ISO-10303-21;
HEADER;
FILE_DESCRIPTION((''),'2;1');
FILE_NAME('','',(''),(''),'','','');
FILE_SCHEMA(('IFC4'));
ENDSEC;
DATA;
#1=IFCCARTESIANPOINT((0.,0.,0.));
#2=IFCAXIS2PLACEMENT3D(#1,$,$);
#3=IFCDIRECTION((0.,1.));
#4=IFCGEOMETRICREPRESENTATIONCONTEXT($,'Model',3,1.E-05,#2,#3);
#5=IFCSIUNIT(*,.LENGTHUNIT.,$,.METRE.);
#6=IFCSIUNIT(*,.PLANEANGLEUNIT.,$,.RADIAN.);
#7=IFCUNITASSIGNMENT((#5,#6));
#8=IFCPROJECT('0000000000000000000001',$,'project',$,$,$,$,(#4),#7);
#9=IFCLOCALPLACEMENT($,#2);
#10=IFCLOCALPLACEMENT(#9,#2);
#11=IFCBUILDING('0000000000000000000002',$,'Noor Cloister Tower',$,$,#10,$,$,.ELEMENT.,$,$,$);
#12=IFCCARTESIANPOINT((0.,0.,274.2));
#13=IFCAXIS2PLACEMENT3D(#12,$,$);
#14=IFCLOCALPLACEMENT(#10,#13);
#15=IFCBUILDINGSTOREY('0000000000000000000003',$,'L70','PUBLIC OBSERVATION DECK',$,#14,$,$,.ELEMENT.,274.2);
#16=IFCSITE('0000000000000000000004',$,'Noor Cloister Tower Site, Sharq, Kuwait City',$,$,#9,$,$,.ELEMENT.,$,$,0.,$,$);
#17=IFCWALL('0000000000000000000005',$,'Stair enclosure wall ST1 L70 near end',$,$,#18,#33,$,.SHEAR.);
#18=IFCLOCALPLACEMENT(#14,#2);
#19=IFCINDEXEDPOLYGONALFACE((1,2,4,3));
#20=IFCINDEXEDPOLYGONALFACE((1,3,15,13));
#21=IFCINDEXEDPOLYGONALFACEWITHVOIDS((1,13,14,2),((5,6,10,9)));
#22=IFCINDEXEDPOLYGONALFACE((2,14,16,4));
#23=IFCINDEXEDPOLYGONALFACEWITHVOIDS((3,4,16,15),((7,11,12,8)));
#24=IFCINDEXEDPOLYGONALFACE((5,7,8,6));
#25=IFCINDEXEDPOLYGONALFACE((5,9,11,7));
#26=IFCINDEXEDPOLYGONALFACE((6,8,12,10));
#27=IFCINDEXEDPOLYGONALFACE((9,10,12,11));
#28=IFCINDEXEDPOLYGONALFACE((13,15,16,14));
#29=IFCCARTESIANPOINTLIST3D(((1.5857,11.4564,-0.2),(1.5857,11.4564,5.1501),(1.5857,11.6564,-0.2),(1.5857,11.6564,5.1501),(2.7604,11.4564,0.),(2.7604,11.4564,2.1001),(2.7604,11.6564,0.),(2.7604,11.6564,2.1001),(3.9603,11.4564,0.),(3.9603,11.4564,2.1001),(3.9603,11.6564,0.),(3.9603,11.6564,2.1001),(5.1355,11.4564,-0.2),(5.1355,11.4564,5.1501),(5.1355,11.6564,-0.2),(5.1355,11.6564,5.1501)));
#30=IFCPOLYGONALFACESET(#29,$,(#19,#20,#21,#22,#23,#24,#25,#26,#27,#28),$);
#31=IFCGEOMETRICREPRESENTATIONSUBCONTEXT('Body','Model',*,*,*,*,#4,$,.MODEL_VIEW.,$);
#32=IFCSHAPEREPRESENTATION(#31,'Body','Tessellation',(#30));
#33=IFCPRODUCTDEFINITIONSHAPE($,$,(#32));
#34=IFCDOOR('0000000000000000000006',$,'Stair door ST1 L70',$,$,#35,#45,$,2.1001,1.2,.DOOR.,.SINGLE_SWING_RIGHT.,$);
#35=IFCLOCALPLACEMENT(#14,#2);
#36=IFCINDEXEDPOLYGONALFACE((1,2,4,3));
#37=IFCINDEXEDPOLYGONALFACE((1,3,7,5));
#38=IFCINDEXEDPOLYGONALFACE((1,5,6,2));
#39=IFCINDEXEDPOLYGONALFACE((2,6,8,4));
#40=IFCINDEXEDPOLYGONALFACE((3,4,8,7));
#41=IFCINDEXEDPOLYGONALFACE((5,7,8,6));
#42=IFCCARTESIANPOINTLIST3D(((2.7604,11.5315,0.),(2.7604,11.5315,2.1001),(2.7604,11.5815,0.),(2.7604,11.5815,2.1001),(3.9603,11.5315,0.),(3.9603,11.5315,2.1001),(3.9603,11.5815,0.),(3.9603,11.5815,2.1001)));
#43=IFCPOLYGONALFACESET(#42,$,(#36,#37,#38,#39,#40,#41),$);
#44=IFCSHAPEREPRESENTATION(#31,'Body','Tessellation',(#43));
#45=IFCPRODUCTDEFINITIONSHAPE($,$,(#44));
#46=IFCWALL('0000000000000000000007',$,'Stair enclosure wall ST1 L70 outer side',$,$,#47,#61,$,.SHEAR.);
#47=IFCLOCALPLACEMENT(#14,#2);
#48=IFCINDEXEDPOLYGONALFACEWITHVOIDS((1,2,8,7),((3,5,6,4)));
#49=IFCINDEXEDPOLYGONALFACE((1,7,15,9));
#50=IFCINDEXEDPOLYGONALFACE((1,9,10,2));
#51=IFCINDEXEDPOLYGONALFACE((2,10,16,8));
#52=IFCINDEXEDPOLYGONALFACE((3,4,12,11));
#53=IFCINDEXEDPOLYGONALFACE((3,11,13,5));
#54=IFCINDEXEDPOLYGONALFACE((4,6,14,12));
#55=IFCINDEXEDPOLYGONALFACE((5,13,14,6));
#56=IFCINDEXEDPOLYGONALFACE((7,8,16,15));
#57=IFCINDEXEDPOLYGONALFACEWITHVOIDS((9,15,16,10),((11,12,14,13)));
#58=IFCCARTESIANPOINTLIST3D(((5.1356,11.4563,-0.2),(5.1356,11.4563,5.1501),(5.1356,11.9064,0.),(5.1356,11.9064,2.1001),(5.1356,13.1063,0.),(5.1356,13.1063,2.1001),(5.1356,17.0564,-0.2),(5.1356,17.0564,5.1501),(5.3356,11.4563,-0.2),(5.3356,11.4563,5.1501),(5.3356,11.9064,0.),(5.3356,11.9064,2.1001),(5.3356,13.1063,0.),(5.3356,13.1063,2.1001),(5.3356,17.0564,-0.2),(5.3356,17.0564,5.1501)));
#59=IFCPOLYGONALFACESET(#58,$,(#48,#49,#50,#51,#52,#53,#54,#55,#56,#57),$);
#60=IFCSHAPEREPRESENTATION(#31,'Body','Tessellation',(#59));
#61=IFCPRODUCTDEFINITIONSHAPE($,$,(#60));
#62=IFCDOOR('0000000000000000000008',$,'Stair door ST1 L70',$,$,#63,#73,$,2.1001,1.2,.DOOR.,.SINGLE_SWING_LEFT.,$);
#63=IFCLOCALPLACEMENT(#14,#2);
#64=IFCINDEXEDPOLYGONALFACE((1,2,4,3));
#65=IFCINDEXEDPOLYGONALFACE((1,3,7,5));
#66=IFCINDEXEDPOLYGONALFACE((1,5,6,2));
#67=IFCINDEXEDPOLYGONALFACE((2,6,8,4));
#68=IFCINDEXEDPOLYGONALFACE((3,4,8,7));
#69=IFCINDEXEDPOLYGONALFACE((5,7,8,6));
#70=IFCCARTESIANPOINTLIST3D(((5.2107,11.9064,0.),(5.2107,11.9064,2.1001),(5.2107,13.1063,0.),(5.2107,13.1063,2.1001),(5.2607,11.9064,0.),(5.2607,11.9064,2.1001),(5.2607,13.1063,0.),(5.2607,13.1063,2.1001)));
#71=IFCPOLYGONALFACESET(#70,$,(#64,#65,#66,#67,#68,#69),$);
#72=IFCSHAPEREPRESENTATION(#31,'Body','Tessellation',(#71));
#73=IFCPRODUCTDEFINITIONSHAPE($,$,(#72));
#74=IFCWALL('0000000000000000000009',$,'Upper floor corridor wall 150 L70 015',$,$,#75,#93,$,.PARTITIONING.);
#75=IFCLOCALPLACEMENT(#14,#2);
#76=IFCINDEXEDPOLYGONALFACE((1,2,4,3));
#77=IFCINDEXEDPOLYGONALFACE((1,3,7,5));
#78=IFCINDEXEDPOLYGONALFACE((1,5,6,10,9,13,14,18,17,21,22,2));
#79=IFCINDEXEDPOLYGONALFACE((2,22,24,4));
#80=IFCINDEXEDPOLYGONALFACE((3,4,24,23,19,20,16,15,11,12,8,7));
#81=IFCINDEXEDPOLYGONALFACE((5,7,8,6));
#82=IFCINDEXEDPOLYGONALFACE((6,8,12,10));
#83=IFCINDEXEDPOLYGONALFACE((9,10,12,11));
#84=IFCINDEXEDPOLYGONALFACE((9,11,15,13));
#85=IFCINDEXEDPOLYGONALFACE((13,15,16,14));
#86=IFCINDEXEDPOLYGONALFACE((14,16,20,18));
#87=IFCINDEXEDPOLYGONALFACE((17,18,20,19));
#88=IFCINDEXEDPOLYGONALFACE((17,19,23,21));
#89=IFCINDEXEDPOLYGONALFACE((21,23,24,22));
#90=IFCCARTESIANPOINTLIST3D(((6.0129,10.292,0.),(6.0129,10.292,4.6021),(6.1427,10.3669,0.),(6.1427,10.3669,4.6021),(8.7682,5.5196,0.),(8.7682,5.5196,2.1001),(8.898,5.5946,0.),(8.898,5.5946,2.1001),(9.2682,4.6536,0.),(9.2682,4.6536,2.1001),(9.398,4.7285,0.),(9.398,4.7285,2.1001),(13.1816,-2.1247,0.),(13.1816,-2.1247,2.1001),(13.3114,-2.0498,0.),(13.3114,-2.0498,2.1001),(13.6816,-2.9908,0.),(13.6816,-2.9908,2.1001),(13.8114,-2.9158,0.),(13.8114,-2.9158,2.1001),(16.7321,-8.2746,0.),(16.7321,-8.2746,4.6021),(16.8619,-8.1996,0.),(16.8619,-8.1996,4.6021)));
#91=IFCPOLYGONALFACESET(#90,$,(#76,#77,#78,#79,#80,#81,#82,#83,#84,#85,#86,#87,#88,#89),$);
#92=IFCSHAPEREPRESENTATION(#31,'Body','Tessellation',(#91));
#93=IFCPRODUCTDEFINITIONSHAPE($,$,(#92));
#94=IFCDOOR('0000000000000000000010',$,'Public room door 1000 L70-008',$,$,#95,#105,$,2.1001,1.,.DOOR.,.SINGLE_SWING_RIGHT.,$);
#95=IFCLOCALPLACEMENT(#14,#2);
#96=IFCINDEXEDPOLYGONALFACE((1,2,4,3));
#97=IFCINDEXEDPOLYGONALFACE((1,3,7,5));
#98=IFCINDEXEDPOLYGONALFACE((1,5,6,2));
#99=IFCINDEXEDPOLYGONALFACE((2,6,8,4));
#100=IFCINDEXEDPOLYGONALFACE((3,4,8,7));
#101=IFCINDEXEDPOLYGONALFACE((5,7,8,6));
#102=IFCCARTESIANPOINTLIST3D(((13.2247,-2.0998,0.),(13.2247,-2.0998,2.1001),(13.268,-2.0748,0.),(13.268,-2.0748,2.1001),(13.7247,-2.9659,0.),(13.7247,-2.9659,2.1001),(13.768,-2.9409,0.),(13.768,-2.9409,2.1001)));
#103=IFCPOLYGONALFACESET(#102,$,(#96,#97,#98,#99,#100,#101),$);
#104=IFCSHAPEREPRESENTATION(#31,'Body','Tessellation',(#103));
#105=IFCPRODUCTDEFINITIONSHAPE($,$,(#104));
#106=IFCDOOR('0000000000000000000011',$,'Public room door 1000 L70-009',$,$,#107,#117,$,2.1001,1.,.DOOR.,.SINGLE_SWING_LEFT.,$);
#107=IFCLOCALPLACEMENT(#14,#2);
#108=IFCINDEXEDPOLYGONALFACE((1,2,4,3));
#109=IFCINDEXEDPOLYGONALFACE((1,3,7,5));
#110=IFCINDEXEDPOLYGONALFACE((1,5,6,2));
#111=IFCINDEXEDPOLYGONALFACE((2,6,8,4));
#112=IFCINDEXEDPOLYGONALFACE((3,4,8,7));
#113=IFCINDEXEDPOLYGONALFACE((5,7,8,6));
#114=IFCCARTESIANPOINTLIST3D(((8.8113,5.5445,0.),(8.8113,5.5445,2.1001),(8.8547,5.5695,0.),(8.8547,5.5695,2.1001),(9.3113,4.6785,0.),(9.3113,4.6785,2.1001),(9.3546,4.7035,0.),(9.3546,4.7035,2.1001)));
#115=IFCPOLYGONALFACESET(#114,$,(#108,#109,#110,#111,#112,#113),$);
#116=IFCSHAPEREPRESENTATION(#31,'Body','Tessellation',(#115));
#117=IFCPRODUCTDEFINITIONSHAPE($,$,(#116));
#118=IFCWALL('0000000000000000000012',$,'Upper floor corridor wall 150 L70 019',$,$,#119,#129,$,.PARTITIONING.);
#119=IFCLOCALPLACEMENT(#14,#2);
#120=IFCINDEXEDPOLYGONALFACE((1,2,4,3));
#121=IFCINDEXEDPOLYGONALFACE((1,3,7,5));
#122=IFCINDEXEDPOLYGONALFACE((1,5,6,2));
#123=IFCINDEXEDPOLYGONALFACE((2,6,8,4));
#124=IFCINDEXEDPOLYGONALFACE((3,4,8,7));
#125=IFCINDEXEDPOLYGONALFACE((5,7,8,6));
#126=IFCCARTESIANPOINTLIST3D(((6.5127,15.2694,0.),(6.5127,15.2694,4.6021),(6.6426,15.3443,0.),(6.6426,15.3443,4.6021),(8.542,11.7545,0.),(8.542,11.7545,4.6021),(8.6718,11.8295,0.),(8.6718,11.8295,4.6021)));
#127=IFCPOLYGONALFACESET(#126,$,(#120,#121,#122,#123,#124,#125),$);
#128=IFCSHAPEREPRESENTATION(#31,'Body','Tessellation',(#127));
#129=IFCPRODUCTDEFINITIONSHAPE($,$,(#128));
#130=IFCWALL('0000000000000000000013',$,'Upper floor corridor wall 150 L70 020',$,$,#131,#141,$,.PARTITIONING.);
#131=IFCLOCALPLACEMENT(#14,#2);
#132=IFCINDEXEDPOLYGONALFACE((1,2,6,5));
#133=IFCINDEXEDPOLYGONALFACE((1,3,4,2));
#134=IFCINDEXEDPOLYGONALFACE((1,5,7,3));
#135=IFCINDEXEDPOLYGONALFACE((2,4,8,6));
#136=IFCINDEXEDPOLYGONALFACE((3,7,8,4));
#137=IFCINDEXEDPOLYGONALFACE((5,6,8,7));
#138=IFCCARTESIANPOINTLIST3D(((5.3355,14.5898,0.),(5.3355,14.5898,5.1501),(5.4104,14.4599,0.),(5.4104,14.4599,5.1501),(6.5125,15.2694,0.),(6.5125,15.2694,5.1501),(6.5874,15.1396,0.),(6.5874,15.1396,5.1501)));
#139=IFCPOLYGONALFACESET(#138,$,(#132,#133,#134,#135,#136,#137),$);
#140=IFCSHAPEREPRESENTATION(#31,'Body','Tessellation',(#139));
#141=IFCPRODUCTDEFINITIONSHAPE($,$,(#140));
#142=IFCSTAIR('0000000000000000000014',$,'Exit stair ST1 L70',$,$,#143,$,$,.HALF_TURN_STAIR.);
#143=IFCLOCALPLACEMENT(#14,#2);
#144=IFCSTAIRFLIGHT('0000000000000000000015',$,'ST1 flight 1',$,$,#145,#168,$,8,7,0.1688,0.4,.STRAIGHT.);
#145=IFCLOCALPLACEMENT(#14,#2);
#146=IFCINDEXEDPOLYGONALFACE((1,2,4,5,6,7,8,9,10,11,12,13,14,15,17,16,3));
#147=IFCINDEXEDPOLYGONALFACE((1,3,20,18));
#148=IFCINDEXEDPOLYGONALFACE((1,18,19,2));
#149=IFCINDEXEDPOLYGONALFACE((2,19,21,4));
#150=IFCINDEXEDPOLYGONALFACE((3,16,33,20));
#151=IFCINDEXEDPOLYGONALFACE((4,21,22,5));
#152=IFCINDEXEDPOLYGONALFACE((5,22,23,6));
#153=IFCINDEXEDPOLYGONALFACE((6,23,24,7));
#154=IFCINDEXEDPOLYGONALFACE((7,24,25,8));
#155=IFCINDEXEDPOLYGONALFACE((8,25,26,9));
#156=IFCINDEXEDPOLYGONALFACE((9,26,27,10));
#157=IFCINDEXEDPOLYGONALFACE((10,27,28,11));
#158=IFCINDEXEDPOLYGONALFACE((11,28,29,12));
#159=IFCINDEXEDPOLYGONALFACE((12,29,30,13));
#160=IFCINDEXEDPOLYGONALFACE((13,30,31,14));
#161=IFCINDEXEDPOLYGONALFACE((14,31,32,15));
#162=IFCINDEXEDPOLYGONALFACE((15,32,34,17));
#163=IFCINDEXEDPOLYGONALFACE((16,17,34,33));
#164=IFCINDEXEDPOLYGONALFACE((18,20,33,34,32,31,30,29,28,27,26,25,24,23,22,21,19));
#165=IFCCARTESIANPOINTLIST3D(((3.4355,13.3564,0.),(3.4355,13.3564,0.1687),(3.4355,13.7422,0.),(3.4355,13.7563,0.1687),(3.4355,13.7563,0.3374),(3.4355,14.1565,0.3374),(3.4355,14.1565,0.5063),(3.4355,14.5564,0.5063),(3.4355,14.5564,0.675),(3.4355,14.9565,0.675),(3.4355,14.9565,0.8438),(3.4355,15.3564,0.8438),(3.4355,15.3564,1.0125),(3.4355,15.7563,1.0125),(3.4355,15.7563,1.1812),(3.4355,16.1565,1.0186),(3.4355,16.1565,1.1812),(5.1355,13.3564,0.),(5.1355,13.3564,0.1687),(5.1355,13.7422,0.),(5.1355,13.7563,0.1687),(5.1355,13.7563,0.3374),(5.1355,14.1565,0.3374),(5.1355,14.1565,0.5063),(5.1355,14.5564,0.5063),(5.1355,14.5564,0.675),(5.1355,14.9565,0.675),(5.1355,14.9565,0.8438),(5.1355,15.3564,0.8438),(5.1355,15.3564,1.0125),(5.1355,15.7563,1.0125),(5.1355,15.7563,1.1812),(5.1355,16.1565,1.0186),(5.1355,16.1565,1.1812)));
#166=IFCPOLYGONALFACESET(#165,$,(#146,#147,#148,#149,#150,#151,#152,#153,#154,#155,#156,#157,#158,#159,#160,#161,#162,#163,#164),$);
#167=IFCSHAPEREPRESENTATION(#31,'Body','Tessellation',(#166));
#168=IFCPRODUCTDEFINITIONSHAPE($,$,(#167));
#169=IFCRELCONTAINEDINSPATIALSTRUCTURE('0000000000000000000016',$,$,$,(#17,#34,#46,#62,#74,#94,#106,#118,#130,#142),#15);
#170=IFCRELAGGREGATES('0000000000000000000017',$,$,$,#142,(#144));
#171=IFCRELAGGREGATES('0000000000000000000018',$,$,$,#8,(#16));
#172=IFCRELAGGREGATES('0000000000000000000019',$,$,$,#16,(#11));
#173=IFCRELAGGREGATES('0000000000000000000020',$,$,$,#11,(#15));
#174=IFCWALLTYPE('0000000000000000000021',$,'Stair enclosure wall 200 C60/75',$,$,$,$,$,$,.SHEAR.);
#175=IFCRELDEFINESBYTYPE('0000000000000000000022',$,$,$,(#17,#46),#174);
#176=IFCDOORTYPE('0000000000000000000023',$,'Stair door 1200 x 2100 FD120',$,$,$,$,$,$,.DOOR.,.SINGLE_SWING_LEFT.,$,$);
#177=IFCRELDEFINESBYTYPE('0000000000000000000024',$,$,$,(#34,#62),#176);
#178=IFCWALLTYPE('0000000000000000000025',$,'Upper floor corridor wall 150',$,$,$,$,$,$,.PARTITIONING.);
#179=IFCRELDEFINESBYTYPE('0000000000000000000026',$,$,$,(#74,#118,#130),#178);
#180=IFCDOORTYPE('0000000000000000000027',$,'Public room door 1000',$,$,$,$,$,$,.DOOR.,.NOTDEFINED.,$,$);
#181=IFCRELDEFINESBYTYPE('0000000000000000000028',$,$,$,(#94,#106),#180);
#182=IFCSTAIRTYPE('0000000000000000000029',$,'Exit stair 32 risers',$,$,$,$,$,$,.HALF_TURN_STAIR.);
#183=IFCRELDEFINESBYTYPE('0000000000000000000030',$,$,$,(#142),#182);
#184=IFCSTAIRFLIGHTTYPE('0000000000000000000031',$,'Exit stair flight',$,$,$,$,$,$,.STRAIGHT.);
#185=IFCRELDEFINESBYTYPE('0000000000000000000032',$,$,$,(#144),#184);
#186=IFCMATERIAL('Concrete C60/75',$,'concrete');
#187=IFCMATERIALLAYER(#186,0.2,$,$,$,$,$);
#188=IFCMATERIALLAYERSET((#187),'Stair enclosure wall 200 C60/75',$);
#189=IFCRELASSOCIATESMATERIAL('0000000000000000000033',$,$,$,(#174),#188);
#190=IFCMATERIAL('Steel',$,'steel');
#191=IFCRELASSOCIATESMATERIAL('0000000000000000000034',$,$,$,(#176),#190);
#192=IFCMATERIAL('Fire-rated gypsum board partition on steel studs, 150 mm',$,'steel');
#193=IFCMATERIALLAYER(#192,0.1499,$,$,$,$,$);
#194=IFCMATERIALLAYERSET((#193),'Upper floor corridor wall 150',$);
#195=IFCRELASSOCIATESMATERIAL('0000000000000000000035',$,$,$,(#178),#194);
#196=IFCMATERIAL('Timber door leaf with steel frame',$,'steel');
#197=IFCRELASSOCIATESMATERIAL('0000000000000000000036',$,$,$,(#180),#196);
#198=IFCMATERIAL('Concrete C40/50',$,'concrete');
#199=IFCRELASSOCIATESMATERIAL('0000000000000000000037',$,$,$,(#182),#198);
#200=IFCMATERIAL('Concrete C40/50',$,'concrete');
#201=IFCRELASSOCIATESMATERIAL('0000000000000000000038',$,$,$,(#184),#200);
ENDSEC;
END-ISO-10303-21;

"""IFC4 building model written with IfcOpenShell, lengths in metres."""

from ifc_helpers import new_model, si_unit, direction, frame, frame_2d, origin, place, context, subcontext, project, spatial, polyline, rectangle, outline, extrude, material, layer, layer_set, type_object, element, fill, aggregate, save


model = new_model("IFC4")

# Units and contexts
model_context = context("Model", 3, precision=1e-05, world=origin(), true_north=direction((0.0, 1.0)))
body_context = subcontext(model_context, "Body", "Model", "MODEL_VIEW")
ifc_project = project(units=[si_unit("LENGTHUNIT", "METRE"), si_unit("PLANEANGLEUNIT", "RADIAN")], contexts=[model_context])

# Site, building, storey
site_placement = place(None, origin())
site = spatial("IfcSite", under=ifc_project, at=site_placement, Name="Noor Cloister Tower Site, Sharq, Kuwait City", CompositionType="ELEMENT", RefElevation=0.0)
building_placement = place(site_placement, origin())
building = spatial("IfcBuilding", under=site, at=building_placement, Name="Noor Cloister Tower", CompositionType="ELEMENT")
storey_placement = place(building_placement, frame((0.0, 0.0, 274.2)))
storey = spatial("IfcBuildingStorey", under=building, at=storey_placement, Name="L70", Description="PUBLIC OBSERVATION DECK", CompositionType="ELEMENT", Elevation=274.2)

# Walls, openings, doors
ifc_material_1 = material(Name="Concrete C60/75", Category="concrete")
ifc_layer_1 = layer(ifc_material_1, 0.2)
ifc_layer_set_1 = layer_set([ifc_layer_1], Name="Stair enclosure wall 200 C60/75")
wall_type_1 = type_object("IfcWallType", Name="Stair enclosure wall 200 C60/75", PredefinedType="SHEAR", material=ifc_layer_set_1)
wall_1_placement = place(storey_placement, frame((5.1355, 11.5564, -0.2), z_axis=(0.0, 0.0, 1.0), x_axis=(-1.0, 0.0, 0.0)))
wall_1 = element("IfcWall", 1, at=wall_1_placement, inside=storey, type_object=wall_type_1, Name="Stair enclosure wall ST1 L70 near end", PredefinedType="SHEAR", context=body_context, shape_type="SweptSolid", body=[
    extrude(rectangle(XDim=3.5498, YDim=0.2, at=frame_2d((1.7749, 0.0))), origin(), (0.0, 0.0, 1.0), 5.3501),
])
opening_1_placement = place(wall_1_placement, frame((1.175, 0.0, 0.2)))
opening_1 = element("IfcOpeningElement", 2, at=opening_1_placement, cuts=wall_1, PredefinedType="OPENING", context=body_context, shape_type="SweptSolid", body=[
    extrude(rectangle(XDim=1.2, YDim=2.1001, at=frame_2d((0.6001, 1.05))), frame((0.0, 0.1099, 0.0), z_axis=(0.0, -1.0, 0.0), x_axis=(1.0, 0.0, 0.0)), (0.0, 0.0, 1.0), 0.22),
])
ifc_material_2 = material(Name="Steel", Category="steel")
door_type_1 = type_object("IfcDoorType", Name="Stair door 1200 x 2100 FD120", OperationType="SINGLE_SWING_LEFT", PredefinedType="DOOR", material=ifc_material_2)
door_1_placement = place(opening_1_placement, origin())
door_1 = element("IfcDoor", 3, at=door_1_placement, inside=storey, type_object=door_type_1, Name="Stair door ST1 L70", OperationType="SINGLE_SWING_RIGHT", OverallHeight=2.1001, OverallWidth=1.2, PredefinedType="DOOR", context=body_context, shape_type="SweptSolid", body=[
    extrude(rectangle(XDim=1.2, YDim=2.1001, at=frame_2d((0.6001, 1.05))), frame((0.0, 0.0249, 0.0), z_axis=(0.0, -1.0, 0.0), x_axis=(1.0, 0.0, 0.0)), (0.0, 0.0, 1.0), 0.05),
])
fill(opening_1, door_1)
wall_2_placement = place(storey_placement, frame((5.2356, 11.4563, -0.2), z_axis=(0.0, 0.0, 1.0), x_axis=(0.0, 1.0, 0.0)))
wall_2 = element("IfcWall", 4, at=wall_2_placement, inside=storey, type_object=wall_type_1, Name="Stair enclosure wall ST1 L70 outer side", PredefinedType="SHEAR", context=body_context, shape_type="SweptSolid", body=[
    extrude(rectangle(XDim=5.6001, YDim=0.2, at=frame_2d((2.8, 0.0))), origin(), (0.0, 0.0, 1.0), 5.3501),
])
opening_2_placement = place(wall_2_placement, frame((0.45, 0.0, 0.2)))
opening_2 = element("IfcOpeningElement", 5, at=opening_2_placement, cuts=wall_2, PredefinedType="OPENING", context=body_context, shape_type="SweptSolid", body=[
    extrude(rectangle(XDim=1.2, YDim=2.1001, at=frame_2d((0.6001, 1.05))), frame((0.0, 0.1099, 0.0), z_axis=(0.0, -1.0, 0.0), x_axis=(1.0, 0.0, 0.0)), (0.0, 0.0, 1.0), 0.22),
])
door_2_placement = place(opening_2_placement, origin())
door_2 = element("IfcDoor", 6, at=door_2_placement, inside=storey, type_object=door_type_1, Name="Stair door ST1 L70", OperationType="SINGLE_SWING_LEFT", OverallHeight=2.1001, OverallWidth=1.2, PredefinedType="DOOR", context=body_context, shape_type="SweptSolid", body=[
    extrude(rectangle(XDim=1.2, YDim=2.1001, at=frame_2d((0.6001, 1.05))), frame((0.0, 0.0249, 0.0), z_axis=(0.0, -1.0, 0.0), x_axis=(1.0, 0.0, 0.0)), (0.0, 0.0, 1.0), 0.05),
])
fill(opening_2, door_2)

# Wall, openings, doors
ifc_material_3 = material(Name="Fire-rated gypsum board partition on steel studs, 150 mm", Category="steel")
ifc_layer_2 = layer(ifc_material_3, 0.1499)
ifc_layer_set_2 = layer_set([ifc_layer_2], Name="Upper floor corridor wall 150")
wall_type_2 = type_object("IfcWallType", Name="Upper floor corridor wall 150", PredefinedType="PARTITIONING", material=ifc_layer_set_2)
wall_3_placement = place(storey_placement, frame((6.0779, 10.3293, 0.0), z_axis=(0.0, 0.0, 1.0), x_axis=(0.499992, -0.86603, 0.0)))
wall_3 = element("IfcWall", 7, at=wall_3_placement, inside=storey, type_object=wall_type_2, Name="Upper floor corridor wall 150 L70 015", PredefinedType="PARTITIONING", context=body_context, shape_type="SweptSolid", body=[
    extrude(rectangle(XDim=21.4387, YDim=0.1499, at=frame_2d((10.7192, 0.0))), origin(), (0.0, 0.0, 1.0), 4.6021),
])
opening_3_placement = place(wall_3_placement, frame((14.3374, 0.0, 0.0)))
opening_3 = element("IfcOpeningElement", 8, at=opening_3_placement, cuts=wall_3, PredefinedType="OPENING", context=body_context, shape_type="SweptSolid", body=[
    extrude(rectangle(XDim=1.0, YDim=2.1001, at=frame_2d((0.5, 1.05))), frame((0.0, 0.085, 0.0), z_axis=(0.0, -1.0, 0.0), x_axis=(1.0, 0.0, 0.0)), (0.0, 0.0, 1.0), 0.1699),
])
opening_4_placement = place(wall_3_placement, frame((5.5105, 0.0, 0.0)))
opening_4 = element("IfcOpeningElement", 9, at=opening_4_placement, cuts=wall_3, PredefinedType="OPENING", context=body_context, shape_type="SweptSolid", body=[
    extrude(rectangle(XDim=1.0, YDim=2.1001, at=frame_2d((0.5, 1.05))), frame((0.0, 0.085, 0.0), z_axis=(0.0, -1.0, 0.0), x_axis=(1.0, 0.0, 0.0)), (0.0, 0.0, 1.0), 0.1699),
])
ifc_material_4 = material(Name="Timber door leaf with steel frame", Category="steel")
door_type_2 = type_object("IfcDoorType", Name="Public room door 1000", OperationType="NOTDEFINED", PredefinedType="DOOR", material=ifc_material_4)
door_3_placement = place(opening_3_placement, origin())
door_3 = element("IfcDoor", 10, at=door_3_placement, inside=storey, type_object=door_type_2, Name="Public room door 1000 L70-008", OperationType="SINGLE_SWING_RIGHT", OverallHeight=2.1001, OverallWidth=1.0, PredefinedType="DOOR", context=body_context, shape_type="SweptSolid", body=[
    extrude(rectangle(XDim=1.0, YDim=2.1001, at=frame_2d((0.5, 1.05))), frame((0.0, 0.0249, 0.0), z_axis=(0.0, -1.0, 0.0), x_axis=(1.0, 0.0, 0.0)), (0.0, 0.0, 1.0), 0.05),
])
fill(opening_3, door_3)
door_4_placement = place(opening_4_placement, origin())
door_4 = element("IfcDoor", 11, at=door_4_placement, inside=storey, type_object=door_type_2, Name="Public room door 1000 L70-009", OperationType="SINGLE_SWING_LEFT", OverallHeight=2.1001, OverallWidth=1.0, PredefinedType="DOOR", context=body_context, shape_type="SweptSolid", body=[
    extrude(rectangle(XDim=1.0, YDim=2.1001, at=frame_2d((0.5, 1.05))), frame((0.0, 0.0249, 0.0), z_axis=(0.0, -1.0, 0.0), x_axis=(1.0, 0.0, 0.0)), (0.0, 0.0, 1.0), 0.05),
])
fill(opening_4, door_4)

# Walls
wall_4_placement = place(storey_placement, frame((8.6069, 11.792, 0.0), z_axis=(0.0, 0.0, 1.0), x_axis=(-0.499995, 0.866028, 0.0)))
element("IfcWall", 12, at=wall_4_placement, inside=storey, type_object=wall_type_2, Name="Upper floor corridor wall 150 L70 019", PredefinedType="PARTITIONING", context=body_context, shape_type="SweptSolid", body=[
    extrude(rectangle(XDim=4.0586, YDim=0.1499, at=frame_2d((2.0293, 0.0))), origin(), (0.0, 0.0, 1.0), 4.6021),
])
wall_5_placement = place(storey_placement, frame((6.55, 15.2046, 0.0), z_axis=(0.0, 0.0, 1.0), x_axis=(-0.865979, -0.50008, 0.0)))
element("IfcWall", 13, at=wall_5_placement, inside=storey, type_object=wall_type_2, Name="Upper floor corridor wall 150 L70 020", PredefinedType="PARTITIONING", context=body_context, shape_type="SweptSolid", body=[
    extrude(rectangle(XDim=1.3591, YDim=0.1499, at=frame_2d((0.6797, 0.0))), origin(), (0.0, 0.0, 1.0), 5.1501),
])

# Stair, stair flight
ifc_material_5 = material(Name="Concrete C40/50", Category="concrete")
stair_type = type_object("IfcStairType", Name="Exit stair 32 risers", PredefinedType="HALF_TURN_STAIR", material=ifc_material_5)
stair_placement = place(storey_placement, origin())
stair = element("IfcStair", 14, at=stair_placement, inside=storey, type_object=stair_type, Name="Exit stair ST1 L70", PredefinedType="HALF_TURN_STAIR")
ifc_material_6 = material(Name="Concrete C40/50", Category="concrete")
stair_flight_type = type_object("IfcStairFlightType", Name="Exit stair flight", PredefinedType="STRAIGHT", material=ifc_material_6)
stair_flight_1_placement = place(storey_placement, frame((4.2856, 13.3564, 0.0), z_axis=(0.0, 0.0, 1.0), x_axis=(0.0, 1.0, 0.0)))
stair_flight_1 = element("IfcStairFlight", 15, at=stair_flight_1_placement, type_object=stair_flight_type, Name="ST1 flight 1", NumberOfRisers=8, NumberOfTreads=7, PredefinedType="STRAIGHT", RiserHeight=0.1688, TreadLength=0.4, context=body_context, shape_type="SweptSolid", body=[
    extrude(outline(polyline([(0.0, 0.0), (0.0, 0.1687), (0.3999, 0.1687), (0.3999, 0.3374), (0.8, 0.3374), (0.8, 0.5063), (1.2, 0.5063), (1.2, 0.675), (1.6001, 0.675), (1.6001, 0.8438), (2.0, 0.8438), (2.0, 1.0125), (2.3999, 1.0125), (2.3999, 1.1812), (2.8, 1.1812), (2.8, 1.3501), (2.8, 1.0186), (0.3857, 0.0), (0.0, 0.0)])), frame((0.0, 0.8501, 0.0), z_axis=(0.0, -1.0, 0.0), x_axis=(1.0, 0.0, 0.0)), (0.0, 0.0, 1.0), 1.7),
])
aggregate(stair, [stair_flight_1])

save(model, "model.ifc")
